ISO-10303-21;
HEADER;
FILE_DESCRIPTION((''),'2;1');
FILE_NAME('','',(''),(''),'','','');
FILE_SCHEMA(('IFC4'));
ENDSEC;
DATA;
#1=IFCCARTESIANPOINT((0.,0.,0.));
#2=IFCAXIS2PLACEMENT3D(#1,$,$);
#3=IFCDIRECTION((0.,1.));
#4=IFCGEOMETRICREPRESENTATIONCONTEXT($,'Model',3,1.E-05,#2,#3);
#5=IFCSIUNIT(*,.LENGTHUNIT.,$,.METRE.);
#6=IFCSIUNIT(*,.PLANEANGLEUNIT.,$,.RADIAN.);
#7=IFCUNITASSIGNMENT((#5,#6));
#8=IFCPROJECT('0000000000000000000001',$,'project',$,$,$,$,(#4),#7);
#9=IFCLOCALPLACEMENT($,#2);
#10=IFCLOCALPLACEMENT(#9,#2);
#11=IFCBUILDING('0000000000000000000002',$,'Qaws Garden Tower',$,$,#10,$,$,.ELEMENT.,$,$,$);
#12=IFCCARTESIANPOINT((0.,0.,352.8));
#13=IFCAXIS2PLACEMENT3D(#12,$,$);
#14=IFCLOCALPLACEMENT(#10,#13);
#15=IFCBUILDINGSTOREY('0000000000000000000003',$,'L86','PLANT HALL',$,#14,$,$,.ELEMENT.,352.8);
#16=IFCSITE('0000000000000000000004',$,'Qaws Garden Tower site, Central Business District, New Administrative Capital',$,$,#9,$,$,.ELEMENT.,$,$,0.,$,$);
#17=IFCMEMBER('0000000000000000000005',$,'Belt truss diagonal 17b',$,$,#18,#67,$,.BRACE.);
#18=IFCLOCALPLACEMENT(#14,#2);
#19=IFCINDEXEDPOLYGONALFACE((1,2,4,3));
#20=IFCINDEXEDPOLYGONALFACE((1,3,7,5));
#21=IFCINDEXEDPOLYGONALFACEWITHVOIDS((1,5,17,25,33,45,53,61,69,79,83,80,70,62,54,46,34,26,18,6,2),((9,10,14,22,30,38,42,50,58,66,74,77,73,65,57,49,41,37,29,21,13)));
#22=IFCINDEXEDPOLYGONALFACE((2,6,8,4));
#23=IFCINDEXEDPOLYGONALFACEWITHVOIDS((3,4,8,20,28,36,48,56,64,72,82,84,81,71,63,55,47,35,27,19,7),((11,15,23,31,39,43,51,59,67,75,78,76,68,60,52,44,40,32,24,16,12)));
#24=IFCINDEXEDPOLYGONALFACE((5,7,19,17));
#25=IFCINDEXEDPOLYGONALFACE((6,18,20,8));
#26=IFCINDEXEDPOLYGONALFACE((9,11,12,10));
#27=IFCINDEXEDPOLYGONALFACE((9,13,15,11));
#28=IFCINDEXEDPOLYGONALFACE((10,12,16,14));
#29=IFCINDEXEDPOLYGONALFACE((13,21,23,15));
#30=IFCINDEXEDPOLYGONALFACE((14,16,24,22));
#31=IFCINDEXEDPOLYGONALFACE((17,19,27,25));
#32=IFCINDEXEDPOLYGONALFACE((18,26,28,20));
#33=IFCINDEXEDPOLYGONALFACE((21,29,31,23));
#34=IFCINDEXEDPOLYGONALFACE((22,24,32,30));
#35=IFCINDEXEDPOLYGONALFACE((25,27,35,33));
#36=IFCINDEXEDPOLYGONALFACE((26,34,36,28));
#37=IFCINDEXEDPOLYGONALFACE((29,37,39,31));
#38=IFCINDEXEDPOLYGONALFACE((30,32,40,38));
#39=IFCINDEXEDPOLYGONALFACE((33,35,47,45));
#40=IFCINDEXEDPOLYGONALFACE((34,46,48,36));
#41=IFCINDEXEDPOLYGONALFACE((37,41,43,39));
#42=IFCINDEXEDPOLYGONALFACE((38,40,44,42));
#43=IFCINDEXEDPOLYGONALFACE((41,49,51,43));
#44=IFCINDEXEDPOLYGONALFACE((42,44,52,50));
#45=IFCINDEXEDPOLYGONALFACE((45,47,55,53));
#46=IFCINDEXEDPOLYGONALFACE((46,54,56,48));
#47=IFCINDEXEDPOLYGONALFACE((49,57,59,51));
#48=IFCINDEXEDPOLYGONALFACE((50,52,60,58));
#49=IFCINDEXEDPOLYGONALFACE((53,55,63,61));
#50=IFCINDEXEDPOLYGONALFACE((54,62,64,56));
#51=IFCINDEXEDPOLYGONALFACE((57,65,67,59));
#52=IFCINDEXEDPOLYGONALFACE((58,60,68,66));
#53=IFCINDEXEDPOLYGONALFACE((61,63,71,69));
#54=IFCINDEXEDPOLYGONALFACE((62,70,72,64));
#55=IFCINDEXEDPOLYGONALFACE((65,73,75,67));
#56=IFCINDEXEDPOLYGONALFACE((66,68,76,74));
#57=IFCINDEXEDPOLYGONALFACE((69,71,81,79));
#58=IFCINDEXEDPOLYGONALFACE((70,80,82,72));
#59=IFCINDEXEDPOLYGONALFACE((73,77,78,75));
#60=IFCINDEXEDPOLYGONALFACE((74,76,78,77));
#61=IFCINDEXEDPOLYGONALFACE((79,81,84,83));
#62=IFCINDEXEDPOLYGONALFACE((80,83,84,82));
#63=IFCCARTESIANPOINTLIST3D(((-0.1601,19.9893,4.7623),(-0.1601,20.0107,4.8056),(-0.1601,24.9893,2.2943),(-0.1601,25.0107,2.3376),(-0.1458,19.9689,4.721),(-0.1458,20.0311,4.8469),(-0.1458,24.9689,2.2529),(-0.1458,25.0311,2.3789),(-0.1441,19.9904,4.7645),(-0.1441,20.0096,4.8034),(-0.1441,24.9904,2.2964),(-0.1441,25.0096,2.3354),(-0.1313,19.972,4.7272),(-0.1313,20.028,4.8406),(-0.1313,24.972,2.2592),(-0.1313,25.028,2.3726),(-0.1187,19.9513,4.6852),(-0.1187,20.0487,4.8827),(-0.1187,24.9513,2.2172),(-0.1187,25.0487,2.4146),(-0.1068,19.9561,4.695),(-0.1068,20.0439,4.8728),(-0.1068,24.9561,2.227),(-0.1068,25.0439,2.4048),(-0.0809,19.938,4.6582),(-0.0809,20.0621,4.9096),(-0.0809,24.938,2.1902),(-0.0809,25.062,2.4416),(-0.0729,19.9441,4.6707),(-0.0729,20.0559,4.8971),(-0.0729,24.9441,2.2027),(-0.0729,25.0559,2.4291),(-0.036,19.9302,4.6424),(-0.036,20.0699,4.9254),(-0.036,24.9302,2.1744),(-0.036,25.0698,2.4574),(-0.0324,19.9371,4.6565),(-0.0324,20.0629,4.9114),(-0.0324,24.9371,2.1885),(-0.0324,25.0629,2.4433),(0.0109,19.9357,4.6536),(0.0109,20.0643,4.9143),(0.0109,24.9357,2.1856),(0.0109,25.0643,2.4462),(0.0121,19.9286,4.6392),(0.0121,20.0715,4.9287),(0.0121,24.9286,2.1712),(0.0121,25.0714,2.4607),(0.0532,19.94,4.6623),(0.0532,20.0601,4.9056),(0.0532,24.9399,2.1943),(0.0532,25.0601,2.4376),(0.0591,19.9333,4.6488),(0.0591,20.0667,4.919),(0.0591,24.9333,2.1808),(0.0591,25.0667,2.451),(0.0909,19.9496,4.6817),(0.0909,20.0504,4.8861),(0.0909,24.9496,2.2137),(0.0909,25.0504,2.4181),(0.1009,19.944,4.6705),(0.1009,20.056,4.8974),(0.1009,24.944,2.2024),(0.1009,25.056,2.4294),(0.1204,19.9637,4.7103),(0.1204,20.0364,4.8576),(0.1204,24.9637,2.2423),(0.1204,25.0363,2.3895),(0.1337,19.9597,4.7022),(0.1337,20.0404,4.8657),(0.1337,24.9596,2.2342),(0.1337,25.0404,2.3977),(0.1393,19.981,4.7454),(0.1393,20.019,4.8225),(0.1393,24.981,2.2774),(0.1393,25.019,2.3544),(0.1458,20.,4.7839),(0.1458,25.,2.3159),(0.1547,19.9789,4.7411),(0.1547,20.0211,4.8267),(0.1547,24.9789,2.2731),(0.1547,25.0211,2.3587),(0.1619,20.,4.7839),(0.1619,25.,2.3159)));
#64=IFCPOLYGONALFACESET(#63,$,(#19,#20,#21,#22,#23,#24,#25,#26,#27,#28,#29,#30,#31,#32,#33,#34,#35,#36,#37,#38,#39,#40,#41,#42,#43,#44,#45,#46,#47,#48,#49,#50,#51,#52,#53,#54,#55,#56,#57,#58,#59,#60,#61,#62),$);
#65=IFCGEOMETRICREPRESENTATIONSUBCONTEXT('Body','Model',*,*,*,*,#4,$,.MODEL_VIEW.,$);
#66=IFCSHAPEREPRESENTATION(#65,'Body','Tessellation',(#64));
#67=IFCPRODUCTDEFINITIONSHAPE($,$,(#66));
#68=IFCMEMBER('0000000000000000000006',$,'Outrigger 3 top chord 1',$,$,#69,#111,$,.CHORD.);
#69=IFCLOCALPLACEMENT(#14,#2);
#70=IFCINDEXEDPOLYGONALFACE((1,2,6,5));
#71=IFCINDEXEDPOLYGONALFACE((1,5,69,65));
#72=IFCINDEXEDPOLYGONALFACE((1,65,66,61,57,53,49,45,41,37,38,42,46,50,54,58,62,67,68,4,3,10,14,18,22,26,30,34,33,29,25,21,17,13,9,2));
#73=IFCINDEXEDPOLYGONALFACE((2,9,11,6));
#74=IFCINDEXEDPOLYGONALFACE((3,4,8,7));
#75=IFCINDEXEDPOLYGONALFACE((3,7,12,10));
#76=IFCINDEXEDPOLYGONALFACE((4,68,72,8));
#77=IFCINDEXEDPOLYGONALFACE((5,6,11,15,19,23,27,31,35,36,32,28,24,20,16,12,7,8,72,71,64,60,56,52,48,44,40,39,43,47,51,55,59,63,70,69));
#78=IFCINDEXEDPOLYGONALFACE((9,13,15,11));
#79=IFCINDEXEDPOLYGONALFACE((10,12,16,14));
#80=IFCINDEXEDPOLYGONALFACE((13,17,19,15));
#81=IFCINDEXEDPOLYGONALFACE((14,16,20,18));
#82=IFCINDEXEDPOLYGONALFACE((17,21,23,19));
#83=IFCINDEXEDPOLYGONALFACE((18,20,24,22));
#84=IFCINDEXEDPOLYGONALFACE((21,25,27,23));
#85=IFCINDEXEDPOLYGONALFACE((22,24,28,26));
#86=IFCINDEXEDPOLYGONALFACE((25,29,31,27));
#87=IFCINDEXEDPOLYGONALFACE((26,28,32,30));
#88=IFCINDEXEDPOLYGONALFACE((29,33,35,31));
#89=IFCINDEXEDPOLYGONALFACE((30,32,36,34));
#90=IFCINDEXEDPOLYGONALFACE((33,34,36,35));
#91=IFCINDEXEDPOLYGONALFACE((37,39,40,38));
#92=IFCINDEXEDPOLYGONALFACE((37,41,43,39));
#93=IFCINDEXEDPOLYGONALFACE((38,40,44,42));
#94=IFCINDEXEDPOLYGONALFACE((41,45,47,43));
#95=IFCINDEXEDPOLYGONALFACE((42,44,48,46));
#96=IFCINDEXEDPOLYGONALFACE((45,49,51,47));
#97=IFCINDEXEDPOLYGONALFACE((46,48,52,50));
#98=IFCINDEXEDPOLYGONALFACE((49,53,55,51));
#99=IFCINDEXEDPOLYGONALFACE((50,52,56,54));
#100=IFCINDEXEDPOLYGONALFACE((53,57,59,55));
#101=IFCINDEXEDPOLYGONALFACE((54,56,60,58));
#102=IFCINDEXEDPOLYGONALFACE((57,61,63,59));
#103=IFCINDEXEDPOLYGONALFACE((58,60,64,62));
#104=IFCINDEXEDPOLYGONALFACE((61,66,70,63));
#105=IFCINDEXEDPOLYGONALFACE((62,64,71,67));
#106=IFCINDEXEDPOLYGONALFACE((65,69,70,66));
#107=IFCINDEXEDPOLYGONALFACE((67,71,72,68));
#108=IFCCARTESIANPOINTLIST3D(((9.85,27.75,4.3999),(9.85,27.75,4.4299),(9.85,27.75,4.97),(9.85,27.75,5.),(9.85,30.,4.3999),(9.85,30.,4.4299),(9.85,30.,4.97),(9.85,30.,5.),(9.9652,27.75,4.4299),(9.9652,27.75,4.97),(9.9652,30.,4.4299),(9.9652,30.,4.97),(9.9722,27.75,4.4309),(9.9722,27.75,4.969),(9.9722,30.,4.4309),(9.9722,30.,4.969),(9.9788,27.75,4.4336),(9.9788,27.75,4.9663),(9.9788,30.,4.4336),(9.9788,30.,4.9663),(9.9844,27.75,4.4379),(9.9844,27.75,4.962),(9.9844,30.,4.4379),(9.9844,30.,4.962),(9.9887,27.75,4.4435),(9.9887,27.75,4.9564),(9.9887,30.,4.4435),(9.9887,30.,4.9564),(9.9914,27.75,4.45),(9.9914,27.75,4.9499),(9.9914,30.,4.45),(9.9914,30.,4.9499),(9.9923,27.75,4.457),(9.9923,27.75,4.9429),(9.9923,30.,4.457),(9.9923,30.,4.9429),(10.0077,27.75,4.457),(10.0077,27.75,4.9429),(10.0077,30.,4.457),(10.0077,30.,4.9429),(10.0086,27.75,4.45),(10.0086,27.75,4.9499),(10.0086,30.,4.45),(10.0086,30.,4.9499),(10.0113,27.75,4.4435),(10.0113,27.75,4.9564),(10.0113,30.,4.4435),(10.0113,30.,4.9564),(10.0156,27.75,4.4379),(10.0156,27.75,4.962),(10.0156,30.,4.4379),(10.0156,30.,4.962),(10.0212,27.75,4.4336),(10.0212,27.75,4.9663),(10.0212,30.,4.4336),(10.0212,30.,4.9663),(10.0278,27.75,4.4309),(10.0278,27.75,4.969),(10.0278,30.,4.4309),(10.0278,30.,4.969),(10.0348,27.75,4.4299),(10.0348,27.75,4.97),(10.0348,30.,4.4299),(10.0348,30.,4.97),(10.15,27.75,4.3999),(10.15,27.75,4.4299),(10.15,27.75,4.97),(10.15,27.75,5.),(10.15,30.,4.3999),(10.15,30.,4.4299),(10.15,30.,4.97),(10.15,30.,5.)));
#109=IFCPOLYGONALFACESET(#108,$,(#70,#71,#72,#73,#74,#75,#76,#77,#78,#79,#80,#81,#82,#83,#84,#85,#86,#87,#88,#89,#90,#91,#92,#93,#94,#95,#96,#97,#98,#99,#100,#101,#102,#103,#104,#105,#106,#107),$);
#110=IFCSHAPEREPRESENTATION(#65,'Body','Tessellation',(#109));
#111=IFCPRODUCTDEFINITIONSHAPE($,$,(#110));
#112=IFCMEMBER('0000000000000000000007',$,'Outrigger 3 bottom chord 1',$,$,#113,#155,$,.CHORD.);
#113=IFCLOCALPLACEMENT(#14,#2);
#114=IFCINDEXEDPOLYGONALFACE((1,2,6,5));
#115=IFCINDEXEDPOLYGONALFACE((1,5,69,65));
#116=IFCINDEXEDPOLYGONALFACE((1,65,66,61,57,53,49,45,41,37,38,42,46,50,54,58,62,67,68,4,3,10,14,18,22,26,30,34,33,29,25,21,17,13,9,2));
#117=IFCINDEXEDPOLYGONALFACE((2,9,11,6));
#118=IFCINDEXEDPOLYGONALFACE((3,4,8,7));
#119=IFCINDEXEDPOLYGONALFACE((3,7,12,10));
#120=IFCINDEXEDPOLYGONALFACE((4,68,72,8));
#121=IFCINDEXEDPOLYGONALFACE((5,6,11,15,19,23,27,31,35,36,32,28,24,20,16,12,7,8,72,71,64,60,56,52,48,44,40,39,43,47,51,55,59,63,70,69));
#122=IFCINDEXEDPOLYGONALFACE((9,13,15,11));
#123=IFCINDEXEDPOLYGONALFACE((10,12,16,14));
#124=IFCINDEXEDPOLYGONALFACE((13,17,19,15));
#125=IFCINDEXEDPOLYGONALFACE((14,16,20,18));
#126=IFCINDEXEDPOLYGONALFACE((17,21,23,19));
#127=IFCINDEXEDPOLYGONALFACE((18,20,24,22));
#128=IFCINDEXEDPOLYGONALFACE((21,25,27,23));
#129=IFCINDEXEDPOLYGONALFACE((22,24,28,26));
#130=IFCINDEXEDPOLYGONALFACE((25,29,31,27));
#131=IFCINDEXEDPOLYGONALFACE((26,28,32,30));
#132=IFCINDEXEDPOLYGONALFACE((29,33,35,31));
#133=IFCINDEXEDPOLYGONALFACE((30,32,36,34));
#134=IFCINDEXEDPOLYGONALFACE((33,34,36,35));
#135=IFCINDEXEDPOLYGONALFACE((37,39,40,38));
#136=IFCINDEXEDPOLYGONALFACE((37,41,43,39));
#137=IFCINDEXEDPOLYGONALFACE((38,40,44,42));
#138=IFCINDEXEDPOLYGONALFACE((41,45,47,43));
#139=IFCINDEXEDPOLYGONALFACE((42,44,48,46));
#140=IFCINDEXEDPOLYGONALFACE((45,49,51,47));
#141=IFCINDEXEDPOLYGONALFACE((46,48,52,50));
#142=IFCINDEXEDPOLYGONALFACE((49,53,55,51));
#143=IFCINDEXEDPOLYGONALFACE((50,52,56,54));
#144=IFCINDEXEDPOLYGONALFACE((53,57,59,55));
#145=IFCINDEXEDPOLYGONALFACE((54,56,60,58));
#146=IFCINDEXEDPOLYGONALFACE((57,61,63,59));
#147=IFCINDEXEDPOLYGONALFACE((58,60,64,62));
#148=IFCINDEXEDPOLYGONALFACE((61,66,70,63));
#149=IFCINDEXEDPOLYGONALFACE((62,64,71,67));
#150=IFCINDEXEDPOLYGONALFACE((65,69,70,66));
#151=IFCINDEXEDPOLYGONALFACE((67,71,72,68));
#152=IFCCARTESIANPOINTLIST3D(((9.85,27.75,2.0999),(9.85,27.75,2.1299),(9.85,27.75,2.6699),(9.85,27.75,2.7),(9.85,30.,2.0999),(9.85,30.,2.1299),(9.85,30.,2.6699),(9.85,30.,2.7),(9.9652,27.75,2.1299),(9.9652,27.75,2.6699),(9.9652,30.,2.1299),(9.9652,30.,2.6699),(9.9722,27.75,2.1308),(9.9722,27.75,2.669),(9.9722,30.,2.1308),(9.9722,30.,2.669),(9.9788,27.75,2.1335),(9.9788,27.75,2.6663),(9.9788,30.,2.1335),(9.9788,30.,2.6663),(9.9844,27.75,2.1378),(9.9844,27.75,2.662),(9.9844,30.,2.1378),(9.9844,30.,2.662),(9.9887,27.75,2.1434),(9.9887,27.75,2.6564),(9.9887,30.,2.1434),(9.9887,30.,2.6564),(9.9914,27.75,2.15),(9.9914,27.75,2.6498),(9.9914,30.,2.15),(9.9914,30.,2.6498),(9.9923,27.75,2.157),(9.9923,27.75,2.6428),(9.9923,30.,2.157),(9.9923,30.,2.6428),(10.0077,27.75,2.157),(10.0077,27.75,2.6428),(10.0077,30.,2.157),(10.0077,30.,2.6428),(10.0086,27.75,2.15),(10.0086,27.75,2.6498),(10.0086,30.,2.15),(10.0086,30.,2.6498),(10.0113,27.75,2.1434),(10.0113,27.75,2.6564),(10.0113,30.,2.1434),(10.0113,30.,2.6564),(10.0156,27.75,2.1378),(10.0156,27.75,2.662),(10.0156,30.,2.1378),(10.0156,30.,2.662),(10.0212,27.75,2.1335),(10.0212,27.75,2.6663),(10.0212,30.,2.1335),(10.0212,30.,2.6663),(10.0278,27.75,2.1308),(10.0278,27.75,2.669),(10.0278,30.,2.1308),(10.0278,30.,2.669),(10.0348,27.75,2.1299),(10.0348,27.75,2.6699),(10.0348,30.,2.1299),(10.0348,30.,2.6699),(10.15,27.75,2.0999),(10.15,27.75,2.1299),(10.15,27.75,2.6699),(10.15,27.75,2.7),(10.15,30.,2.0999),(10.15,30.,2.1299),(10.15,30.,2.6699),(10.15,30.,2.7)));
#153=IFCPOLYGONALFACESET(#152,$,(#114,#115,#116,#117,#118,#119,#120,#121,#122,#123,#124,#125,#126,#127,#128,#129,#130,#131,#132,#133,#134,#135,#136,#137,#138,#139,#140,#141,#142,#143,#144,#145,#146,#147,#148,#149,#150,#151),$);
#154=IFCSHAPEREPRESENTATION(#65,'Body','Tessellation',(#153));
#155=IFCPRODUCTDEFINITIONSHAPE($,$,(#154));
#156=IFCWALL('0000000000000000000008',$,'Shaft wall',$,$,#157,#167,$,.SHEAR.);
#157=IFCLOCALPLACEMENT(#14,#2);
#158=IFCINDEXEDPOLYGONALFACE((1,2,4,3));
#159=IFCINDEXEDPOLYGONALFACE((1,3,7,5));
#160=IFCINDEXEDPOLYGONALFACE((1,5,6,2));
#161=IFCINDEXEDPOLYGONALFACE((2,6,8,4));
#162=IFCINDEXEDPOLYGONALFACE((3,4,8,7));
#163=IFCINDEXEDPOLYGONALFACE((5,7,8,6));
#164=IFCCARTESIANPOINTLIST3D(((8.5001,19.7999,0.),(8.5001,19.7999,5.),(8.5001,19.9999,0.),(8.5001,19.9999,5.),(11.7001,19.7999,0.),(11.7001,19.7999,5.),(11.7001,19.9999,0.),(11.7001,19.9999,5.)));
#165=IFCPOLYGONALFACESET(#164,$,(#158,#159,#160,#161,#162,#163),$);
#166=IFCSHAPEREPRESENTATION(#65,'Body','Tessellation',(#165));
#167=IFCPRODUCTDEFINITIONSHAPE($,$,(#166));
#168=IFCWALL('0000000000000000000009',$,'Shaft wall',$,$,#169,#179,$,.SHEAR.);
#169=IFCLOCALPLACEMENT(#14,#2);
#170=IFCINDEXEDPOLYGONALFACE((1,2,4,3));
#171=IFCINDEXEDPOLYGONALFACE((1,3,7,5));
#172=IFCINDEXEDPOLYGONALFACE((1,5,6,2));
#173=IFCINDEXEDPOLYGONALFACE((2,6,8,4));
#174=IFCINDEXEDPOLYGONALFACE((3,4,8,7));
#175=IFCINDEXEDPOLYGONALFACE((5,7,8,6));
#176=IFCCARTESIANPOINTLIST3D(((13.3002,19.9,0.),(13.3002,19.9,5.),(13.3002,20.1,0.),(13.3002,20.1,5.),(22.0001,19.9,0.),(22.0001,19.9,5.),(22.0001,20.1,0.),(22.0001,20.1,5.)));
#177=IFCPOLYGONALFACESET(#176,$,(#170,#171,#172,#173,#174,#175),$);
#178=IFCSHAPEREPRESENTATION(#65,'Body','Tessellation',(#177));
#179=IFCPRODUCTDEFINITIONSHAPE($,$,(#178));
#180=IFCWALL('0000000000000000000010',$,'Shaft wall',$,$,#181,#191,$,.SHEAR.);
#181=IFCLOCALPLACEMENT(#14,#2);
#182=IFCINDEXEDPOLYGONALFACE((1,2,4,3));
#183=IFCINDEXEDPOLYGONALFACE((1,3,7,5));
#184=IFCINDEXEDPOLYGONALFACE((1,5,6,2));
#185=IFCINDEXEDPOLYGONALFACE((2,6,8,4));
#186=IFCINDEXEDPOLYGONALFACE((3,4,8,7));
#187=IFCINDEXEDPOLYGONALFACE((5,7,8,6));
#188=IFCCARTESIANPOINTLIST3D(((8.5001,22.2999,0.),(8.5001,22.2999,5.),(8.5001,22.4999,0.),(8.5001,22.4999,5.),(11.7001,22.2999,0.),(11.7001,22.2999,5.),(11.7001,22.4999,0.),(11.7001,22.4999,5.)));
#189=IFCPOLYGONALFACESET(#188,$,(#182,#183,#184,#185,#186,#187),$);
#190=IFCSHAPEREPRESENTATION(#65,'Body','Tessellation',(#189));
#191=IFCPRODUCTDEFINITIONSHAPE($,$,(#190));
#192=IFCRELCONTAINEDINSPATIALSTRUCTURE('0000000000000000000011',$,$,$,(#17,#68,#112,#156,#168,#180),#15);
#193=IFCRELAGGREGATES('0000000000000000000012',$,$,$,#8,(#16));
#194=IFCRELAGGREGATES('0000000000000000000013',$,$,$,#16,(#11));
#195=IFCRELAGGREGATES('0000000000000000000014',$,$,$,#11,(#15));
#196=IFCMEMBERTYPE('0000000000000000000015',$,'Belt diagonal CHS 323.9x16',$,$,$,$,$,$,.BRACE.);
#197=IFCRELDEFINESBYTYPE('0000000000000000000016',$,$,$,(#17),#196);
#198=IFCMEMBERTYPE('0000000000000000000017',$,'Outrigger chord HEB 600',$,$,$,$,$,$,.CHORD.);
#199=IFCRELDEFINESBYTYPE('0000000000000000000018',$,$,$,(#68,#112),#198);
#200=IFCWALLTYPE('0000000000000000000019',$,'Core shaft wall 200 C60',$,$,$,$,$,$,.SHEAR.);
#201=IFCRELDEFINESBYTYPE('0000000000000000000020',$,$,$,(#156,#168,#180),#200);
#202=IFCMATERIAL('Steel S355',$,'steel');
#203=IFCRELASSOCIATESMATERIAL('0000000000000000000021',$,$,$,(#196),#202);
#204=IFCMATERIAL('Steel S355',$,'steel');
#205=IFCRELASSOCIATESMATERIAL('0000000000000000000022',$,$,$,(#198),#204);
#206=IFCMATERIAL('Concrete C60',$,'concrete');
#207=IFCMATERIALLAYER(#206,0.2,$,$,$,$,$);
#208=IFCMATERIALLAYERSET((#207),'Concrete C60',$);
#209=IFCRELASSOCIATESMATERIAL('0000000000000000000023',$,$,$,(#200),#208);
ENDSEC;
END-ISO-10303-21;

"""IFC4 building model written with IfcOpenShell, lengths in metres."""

from ifc_helpers import new_model, si_unit, direction, frame, frame_2d, origin, origin_2d, place, context, subcontext, project, spatial, rectangle, hollow_circle, i_section, extrude, material, layer, layer_set, material_profile, profile_set, type_object, element, save


model = new_model("IFC4")

# Units and contexts
model_context = context("Model", 3, precision=1e-05, world=origin(), true_north=direction((0.0, 1.0)))
body_context = subcontext(model_context, "Body", "Model", "MODEL_VIEW")
ifc_project = project(units=[si_unit("LENGTHUNIT", "METRE"), si_unit("PLANEANGLEUNIT", "RADIAN")], contexts=[model_context])

# Site, building, storey
site_placement = place(None, origin())
site = spatial("IfcSite", under=ifc_project, at=site_placement, Name="Qaws Garden Tower site, Central Business District, New Administrative Capital", CompositionType="ELEMENT", RefElevation=0.0)
building_placement = place(site_placement, origin())
building = spatial("IfcBuilding", under=site, at=building_placement, Name="Qaws Garden Tower", CompositionType="ELEMENT")
storey_placement = place(building_placement, frame((0.0, 0.0, 352.8)))
storey = spatial("IfcBuildingStorey", under=building, at=storey_placement, Name="L86", Description="PLANT HALL", CompositionType="ELEMENT", Elevation=352.8)

# Members
ifc_material_1 = material(Name="Steel S355", Category="steel")
ifc_material_profile_1 = material_profile(ifc_material_1, hollow_circle(Radius=0.1619, WallThickness=0.0161, at=origin_2d()), Name="CHS 323.9x16")
ifc_profile_set_1 = profile_set([ifc_material_profile_1], Name="Steel S355")
member_type_1 = type_object("IfcMemberType", Name="Belt diagonal CHS 323.9x16", PredefinedType="BRACE", material=ifc_profile_set_1)
member_placement = place(storey_placement, frame((0.0, 25.0, 2.3159), z_axis=(0.0, -0.89671, 0.442619), x_axis=(1.0, 0.0, 0.0)))
element("IfcMember", 1, at=member_placement, inside=storey, type_object=member_type_1, Name="Belt truss diagonal 17b", PredefinedType="BRACE", context=body_context, shape_type="SweptSolid", body=[
    extrude(hollow_circle(Radius=0.1619, WallThickness=0.0161, at=origin_2d()), origin(), (0.0, 0.0, 1.0), 5.5759),
])
ifc_material_2 = material(Name="Steel S355", Category="steel")
ifc_material_profile_2 = material_profile(ifc_material_2, i_section(OverallWidth=0.3, OverallDepth=0.6001, WebThickness=0.0154, FlangeThickness=0.03, FilletRadius=0.0271, at=origin_2d()), Name="HEB 600")
ifc_profile_set_2 = profile_set([ifc_material_profile_2], Name="Steel S355")
member_type_2 = type_object("IfcMemberType", Name="Outrigger chord HEB 600", PredefinedType="CHORD", material=ifc_profile_set_2)
for number, where, z_axis, x_axis, name in (
    (2, (10.0, 27.75, 4.7), (0.0, 1.0, 0.0), (-1.0, 0.0, 0.0), "Outrigger 3 top chord 1"),
    (3, (10.0, 27.75, 2.3999), (0.0, 1.0, 0.0), (-1.0, 0.0, 0.0), "Outrigger 3 bottom chord 1"),
):
    element("IfcMember", number, at=place(storey_placement, frame(where, z_axis=z_axis, x_axis=x_axis)), inside=storey, type_object=member_type_2, Name=name, PredefinedType="CHORD", context=body_context, shape_type="SweptSolid", body=[
        extrude(i_section(OverallWidth=0.3, OverallDepth=0.6001, WebThickness=0.0154, FlangeThickness=0.03, FilletRadius=0.0271, at=origin_2d()), origin(), (0.0, 0.0, 1.0), 2.25),
    ])

# Walls
ifc_material_3 = material(Name="Concrete C60", Category="concrete")
ifc_layer_1 = layer(ifc_material_3, 0.2)
ifc_layer_set_1 = layer_set([ifc_layer_1], Name="Concrete C60")
wall_type_1 = type_object("IfcWallType", Name="Core shaft wall 200 C60", PredefinedType="SHEAR", material=ifc_layer_set_1)
wall_1_placement = place(storey_placement, frame((8.5, 19.8999, 0.0), z_axis=(0.0, 0.0, 1.0), x_axis=(1.0, 0.0, 0.0)))
element("IfcWall", 4, at=wall_1_placement, inside=storey, type_object=wall_type_1, Name="Shaft wall", PredefinedType="SHEAR", context=body_context, shape_type="SweptSolid", body=[
    extrude(rectangle(XDim=3.2, YDim=0.2, at=frame_2d((1.6001, 0.0))), origin(), (0.0, 0.0, 1.0), 5.0),
])
wall_2_placement = place(storey_placement, frame((13.3, 20.0, 0.0), z_axis=(0.0, 0.0, 1.0), x_axis=(1.0, 0.0, 0.0)))
element("IfcWall", 5, at=wall_2_placement, inside=storey, type_object=wall_type_1, Name="Shaft wall", PredefinedType="SHEAR", context=body_context, shape_type="SweptSolid", body=[
    extrude(rectangle(XDim=8.7, YDim=0.2, at=frame_2d((4.3501, 0.0))), origin(), (0.0, 0.0, 1.0), 5.0),
])
wall_3_placement = place(storey_placement, frame((8.5, 22.3999, 0.0), z_axis=(0.0, 0.0, 1.0), x_axis=(1.0, 0.0, 0.0)))
element("IfcWall", 6, at=wall_3_placement, inside=storey, type_object=wall_type_1, Name="Shaft wall", PredefinedType="SHEAR", context=body_context, shape_type="SweptSolid", body=[
    extrude(rectangle(XDim=3.2, YDim=0.2, at=frame_2d((1.6001, 0.0))), origin(), (0.0, 0.0, 1.0), 5.0),
])

save(model, "model.ifc")
